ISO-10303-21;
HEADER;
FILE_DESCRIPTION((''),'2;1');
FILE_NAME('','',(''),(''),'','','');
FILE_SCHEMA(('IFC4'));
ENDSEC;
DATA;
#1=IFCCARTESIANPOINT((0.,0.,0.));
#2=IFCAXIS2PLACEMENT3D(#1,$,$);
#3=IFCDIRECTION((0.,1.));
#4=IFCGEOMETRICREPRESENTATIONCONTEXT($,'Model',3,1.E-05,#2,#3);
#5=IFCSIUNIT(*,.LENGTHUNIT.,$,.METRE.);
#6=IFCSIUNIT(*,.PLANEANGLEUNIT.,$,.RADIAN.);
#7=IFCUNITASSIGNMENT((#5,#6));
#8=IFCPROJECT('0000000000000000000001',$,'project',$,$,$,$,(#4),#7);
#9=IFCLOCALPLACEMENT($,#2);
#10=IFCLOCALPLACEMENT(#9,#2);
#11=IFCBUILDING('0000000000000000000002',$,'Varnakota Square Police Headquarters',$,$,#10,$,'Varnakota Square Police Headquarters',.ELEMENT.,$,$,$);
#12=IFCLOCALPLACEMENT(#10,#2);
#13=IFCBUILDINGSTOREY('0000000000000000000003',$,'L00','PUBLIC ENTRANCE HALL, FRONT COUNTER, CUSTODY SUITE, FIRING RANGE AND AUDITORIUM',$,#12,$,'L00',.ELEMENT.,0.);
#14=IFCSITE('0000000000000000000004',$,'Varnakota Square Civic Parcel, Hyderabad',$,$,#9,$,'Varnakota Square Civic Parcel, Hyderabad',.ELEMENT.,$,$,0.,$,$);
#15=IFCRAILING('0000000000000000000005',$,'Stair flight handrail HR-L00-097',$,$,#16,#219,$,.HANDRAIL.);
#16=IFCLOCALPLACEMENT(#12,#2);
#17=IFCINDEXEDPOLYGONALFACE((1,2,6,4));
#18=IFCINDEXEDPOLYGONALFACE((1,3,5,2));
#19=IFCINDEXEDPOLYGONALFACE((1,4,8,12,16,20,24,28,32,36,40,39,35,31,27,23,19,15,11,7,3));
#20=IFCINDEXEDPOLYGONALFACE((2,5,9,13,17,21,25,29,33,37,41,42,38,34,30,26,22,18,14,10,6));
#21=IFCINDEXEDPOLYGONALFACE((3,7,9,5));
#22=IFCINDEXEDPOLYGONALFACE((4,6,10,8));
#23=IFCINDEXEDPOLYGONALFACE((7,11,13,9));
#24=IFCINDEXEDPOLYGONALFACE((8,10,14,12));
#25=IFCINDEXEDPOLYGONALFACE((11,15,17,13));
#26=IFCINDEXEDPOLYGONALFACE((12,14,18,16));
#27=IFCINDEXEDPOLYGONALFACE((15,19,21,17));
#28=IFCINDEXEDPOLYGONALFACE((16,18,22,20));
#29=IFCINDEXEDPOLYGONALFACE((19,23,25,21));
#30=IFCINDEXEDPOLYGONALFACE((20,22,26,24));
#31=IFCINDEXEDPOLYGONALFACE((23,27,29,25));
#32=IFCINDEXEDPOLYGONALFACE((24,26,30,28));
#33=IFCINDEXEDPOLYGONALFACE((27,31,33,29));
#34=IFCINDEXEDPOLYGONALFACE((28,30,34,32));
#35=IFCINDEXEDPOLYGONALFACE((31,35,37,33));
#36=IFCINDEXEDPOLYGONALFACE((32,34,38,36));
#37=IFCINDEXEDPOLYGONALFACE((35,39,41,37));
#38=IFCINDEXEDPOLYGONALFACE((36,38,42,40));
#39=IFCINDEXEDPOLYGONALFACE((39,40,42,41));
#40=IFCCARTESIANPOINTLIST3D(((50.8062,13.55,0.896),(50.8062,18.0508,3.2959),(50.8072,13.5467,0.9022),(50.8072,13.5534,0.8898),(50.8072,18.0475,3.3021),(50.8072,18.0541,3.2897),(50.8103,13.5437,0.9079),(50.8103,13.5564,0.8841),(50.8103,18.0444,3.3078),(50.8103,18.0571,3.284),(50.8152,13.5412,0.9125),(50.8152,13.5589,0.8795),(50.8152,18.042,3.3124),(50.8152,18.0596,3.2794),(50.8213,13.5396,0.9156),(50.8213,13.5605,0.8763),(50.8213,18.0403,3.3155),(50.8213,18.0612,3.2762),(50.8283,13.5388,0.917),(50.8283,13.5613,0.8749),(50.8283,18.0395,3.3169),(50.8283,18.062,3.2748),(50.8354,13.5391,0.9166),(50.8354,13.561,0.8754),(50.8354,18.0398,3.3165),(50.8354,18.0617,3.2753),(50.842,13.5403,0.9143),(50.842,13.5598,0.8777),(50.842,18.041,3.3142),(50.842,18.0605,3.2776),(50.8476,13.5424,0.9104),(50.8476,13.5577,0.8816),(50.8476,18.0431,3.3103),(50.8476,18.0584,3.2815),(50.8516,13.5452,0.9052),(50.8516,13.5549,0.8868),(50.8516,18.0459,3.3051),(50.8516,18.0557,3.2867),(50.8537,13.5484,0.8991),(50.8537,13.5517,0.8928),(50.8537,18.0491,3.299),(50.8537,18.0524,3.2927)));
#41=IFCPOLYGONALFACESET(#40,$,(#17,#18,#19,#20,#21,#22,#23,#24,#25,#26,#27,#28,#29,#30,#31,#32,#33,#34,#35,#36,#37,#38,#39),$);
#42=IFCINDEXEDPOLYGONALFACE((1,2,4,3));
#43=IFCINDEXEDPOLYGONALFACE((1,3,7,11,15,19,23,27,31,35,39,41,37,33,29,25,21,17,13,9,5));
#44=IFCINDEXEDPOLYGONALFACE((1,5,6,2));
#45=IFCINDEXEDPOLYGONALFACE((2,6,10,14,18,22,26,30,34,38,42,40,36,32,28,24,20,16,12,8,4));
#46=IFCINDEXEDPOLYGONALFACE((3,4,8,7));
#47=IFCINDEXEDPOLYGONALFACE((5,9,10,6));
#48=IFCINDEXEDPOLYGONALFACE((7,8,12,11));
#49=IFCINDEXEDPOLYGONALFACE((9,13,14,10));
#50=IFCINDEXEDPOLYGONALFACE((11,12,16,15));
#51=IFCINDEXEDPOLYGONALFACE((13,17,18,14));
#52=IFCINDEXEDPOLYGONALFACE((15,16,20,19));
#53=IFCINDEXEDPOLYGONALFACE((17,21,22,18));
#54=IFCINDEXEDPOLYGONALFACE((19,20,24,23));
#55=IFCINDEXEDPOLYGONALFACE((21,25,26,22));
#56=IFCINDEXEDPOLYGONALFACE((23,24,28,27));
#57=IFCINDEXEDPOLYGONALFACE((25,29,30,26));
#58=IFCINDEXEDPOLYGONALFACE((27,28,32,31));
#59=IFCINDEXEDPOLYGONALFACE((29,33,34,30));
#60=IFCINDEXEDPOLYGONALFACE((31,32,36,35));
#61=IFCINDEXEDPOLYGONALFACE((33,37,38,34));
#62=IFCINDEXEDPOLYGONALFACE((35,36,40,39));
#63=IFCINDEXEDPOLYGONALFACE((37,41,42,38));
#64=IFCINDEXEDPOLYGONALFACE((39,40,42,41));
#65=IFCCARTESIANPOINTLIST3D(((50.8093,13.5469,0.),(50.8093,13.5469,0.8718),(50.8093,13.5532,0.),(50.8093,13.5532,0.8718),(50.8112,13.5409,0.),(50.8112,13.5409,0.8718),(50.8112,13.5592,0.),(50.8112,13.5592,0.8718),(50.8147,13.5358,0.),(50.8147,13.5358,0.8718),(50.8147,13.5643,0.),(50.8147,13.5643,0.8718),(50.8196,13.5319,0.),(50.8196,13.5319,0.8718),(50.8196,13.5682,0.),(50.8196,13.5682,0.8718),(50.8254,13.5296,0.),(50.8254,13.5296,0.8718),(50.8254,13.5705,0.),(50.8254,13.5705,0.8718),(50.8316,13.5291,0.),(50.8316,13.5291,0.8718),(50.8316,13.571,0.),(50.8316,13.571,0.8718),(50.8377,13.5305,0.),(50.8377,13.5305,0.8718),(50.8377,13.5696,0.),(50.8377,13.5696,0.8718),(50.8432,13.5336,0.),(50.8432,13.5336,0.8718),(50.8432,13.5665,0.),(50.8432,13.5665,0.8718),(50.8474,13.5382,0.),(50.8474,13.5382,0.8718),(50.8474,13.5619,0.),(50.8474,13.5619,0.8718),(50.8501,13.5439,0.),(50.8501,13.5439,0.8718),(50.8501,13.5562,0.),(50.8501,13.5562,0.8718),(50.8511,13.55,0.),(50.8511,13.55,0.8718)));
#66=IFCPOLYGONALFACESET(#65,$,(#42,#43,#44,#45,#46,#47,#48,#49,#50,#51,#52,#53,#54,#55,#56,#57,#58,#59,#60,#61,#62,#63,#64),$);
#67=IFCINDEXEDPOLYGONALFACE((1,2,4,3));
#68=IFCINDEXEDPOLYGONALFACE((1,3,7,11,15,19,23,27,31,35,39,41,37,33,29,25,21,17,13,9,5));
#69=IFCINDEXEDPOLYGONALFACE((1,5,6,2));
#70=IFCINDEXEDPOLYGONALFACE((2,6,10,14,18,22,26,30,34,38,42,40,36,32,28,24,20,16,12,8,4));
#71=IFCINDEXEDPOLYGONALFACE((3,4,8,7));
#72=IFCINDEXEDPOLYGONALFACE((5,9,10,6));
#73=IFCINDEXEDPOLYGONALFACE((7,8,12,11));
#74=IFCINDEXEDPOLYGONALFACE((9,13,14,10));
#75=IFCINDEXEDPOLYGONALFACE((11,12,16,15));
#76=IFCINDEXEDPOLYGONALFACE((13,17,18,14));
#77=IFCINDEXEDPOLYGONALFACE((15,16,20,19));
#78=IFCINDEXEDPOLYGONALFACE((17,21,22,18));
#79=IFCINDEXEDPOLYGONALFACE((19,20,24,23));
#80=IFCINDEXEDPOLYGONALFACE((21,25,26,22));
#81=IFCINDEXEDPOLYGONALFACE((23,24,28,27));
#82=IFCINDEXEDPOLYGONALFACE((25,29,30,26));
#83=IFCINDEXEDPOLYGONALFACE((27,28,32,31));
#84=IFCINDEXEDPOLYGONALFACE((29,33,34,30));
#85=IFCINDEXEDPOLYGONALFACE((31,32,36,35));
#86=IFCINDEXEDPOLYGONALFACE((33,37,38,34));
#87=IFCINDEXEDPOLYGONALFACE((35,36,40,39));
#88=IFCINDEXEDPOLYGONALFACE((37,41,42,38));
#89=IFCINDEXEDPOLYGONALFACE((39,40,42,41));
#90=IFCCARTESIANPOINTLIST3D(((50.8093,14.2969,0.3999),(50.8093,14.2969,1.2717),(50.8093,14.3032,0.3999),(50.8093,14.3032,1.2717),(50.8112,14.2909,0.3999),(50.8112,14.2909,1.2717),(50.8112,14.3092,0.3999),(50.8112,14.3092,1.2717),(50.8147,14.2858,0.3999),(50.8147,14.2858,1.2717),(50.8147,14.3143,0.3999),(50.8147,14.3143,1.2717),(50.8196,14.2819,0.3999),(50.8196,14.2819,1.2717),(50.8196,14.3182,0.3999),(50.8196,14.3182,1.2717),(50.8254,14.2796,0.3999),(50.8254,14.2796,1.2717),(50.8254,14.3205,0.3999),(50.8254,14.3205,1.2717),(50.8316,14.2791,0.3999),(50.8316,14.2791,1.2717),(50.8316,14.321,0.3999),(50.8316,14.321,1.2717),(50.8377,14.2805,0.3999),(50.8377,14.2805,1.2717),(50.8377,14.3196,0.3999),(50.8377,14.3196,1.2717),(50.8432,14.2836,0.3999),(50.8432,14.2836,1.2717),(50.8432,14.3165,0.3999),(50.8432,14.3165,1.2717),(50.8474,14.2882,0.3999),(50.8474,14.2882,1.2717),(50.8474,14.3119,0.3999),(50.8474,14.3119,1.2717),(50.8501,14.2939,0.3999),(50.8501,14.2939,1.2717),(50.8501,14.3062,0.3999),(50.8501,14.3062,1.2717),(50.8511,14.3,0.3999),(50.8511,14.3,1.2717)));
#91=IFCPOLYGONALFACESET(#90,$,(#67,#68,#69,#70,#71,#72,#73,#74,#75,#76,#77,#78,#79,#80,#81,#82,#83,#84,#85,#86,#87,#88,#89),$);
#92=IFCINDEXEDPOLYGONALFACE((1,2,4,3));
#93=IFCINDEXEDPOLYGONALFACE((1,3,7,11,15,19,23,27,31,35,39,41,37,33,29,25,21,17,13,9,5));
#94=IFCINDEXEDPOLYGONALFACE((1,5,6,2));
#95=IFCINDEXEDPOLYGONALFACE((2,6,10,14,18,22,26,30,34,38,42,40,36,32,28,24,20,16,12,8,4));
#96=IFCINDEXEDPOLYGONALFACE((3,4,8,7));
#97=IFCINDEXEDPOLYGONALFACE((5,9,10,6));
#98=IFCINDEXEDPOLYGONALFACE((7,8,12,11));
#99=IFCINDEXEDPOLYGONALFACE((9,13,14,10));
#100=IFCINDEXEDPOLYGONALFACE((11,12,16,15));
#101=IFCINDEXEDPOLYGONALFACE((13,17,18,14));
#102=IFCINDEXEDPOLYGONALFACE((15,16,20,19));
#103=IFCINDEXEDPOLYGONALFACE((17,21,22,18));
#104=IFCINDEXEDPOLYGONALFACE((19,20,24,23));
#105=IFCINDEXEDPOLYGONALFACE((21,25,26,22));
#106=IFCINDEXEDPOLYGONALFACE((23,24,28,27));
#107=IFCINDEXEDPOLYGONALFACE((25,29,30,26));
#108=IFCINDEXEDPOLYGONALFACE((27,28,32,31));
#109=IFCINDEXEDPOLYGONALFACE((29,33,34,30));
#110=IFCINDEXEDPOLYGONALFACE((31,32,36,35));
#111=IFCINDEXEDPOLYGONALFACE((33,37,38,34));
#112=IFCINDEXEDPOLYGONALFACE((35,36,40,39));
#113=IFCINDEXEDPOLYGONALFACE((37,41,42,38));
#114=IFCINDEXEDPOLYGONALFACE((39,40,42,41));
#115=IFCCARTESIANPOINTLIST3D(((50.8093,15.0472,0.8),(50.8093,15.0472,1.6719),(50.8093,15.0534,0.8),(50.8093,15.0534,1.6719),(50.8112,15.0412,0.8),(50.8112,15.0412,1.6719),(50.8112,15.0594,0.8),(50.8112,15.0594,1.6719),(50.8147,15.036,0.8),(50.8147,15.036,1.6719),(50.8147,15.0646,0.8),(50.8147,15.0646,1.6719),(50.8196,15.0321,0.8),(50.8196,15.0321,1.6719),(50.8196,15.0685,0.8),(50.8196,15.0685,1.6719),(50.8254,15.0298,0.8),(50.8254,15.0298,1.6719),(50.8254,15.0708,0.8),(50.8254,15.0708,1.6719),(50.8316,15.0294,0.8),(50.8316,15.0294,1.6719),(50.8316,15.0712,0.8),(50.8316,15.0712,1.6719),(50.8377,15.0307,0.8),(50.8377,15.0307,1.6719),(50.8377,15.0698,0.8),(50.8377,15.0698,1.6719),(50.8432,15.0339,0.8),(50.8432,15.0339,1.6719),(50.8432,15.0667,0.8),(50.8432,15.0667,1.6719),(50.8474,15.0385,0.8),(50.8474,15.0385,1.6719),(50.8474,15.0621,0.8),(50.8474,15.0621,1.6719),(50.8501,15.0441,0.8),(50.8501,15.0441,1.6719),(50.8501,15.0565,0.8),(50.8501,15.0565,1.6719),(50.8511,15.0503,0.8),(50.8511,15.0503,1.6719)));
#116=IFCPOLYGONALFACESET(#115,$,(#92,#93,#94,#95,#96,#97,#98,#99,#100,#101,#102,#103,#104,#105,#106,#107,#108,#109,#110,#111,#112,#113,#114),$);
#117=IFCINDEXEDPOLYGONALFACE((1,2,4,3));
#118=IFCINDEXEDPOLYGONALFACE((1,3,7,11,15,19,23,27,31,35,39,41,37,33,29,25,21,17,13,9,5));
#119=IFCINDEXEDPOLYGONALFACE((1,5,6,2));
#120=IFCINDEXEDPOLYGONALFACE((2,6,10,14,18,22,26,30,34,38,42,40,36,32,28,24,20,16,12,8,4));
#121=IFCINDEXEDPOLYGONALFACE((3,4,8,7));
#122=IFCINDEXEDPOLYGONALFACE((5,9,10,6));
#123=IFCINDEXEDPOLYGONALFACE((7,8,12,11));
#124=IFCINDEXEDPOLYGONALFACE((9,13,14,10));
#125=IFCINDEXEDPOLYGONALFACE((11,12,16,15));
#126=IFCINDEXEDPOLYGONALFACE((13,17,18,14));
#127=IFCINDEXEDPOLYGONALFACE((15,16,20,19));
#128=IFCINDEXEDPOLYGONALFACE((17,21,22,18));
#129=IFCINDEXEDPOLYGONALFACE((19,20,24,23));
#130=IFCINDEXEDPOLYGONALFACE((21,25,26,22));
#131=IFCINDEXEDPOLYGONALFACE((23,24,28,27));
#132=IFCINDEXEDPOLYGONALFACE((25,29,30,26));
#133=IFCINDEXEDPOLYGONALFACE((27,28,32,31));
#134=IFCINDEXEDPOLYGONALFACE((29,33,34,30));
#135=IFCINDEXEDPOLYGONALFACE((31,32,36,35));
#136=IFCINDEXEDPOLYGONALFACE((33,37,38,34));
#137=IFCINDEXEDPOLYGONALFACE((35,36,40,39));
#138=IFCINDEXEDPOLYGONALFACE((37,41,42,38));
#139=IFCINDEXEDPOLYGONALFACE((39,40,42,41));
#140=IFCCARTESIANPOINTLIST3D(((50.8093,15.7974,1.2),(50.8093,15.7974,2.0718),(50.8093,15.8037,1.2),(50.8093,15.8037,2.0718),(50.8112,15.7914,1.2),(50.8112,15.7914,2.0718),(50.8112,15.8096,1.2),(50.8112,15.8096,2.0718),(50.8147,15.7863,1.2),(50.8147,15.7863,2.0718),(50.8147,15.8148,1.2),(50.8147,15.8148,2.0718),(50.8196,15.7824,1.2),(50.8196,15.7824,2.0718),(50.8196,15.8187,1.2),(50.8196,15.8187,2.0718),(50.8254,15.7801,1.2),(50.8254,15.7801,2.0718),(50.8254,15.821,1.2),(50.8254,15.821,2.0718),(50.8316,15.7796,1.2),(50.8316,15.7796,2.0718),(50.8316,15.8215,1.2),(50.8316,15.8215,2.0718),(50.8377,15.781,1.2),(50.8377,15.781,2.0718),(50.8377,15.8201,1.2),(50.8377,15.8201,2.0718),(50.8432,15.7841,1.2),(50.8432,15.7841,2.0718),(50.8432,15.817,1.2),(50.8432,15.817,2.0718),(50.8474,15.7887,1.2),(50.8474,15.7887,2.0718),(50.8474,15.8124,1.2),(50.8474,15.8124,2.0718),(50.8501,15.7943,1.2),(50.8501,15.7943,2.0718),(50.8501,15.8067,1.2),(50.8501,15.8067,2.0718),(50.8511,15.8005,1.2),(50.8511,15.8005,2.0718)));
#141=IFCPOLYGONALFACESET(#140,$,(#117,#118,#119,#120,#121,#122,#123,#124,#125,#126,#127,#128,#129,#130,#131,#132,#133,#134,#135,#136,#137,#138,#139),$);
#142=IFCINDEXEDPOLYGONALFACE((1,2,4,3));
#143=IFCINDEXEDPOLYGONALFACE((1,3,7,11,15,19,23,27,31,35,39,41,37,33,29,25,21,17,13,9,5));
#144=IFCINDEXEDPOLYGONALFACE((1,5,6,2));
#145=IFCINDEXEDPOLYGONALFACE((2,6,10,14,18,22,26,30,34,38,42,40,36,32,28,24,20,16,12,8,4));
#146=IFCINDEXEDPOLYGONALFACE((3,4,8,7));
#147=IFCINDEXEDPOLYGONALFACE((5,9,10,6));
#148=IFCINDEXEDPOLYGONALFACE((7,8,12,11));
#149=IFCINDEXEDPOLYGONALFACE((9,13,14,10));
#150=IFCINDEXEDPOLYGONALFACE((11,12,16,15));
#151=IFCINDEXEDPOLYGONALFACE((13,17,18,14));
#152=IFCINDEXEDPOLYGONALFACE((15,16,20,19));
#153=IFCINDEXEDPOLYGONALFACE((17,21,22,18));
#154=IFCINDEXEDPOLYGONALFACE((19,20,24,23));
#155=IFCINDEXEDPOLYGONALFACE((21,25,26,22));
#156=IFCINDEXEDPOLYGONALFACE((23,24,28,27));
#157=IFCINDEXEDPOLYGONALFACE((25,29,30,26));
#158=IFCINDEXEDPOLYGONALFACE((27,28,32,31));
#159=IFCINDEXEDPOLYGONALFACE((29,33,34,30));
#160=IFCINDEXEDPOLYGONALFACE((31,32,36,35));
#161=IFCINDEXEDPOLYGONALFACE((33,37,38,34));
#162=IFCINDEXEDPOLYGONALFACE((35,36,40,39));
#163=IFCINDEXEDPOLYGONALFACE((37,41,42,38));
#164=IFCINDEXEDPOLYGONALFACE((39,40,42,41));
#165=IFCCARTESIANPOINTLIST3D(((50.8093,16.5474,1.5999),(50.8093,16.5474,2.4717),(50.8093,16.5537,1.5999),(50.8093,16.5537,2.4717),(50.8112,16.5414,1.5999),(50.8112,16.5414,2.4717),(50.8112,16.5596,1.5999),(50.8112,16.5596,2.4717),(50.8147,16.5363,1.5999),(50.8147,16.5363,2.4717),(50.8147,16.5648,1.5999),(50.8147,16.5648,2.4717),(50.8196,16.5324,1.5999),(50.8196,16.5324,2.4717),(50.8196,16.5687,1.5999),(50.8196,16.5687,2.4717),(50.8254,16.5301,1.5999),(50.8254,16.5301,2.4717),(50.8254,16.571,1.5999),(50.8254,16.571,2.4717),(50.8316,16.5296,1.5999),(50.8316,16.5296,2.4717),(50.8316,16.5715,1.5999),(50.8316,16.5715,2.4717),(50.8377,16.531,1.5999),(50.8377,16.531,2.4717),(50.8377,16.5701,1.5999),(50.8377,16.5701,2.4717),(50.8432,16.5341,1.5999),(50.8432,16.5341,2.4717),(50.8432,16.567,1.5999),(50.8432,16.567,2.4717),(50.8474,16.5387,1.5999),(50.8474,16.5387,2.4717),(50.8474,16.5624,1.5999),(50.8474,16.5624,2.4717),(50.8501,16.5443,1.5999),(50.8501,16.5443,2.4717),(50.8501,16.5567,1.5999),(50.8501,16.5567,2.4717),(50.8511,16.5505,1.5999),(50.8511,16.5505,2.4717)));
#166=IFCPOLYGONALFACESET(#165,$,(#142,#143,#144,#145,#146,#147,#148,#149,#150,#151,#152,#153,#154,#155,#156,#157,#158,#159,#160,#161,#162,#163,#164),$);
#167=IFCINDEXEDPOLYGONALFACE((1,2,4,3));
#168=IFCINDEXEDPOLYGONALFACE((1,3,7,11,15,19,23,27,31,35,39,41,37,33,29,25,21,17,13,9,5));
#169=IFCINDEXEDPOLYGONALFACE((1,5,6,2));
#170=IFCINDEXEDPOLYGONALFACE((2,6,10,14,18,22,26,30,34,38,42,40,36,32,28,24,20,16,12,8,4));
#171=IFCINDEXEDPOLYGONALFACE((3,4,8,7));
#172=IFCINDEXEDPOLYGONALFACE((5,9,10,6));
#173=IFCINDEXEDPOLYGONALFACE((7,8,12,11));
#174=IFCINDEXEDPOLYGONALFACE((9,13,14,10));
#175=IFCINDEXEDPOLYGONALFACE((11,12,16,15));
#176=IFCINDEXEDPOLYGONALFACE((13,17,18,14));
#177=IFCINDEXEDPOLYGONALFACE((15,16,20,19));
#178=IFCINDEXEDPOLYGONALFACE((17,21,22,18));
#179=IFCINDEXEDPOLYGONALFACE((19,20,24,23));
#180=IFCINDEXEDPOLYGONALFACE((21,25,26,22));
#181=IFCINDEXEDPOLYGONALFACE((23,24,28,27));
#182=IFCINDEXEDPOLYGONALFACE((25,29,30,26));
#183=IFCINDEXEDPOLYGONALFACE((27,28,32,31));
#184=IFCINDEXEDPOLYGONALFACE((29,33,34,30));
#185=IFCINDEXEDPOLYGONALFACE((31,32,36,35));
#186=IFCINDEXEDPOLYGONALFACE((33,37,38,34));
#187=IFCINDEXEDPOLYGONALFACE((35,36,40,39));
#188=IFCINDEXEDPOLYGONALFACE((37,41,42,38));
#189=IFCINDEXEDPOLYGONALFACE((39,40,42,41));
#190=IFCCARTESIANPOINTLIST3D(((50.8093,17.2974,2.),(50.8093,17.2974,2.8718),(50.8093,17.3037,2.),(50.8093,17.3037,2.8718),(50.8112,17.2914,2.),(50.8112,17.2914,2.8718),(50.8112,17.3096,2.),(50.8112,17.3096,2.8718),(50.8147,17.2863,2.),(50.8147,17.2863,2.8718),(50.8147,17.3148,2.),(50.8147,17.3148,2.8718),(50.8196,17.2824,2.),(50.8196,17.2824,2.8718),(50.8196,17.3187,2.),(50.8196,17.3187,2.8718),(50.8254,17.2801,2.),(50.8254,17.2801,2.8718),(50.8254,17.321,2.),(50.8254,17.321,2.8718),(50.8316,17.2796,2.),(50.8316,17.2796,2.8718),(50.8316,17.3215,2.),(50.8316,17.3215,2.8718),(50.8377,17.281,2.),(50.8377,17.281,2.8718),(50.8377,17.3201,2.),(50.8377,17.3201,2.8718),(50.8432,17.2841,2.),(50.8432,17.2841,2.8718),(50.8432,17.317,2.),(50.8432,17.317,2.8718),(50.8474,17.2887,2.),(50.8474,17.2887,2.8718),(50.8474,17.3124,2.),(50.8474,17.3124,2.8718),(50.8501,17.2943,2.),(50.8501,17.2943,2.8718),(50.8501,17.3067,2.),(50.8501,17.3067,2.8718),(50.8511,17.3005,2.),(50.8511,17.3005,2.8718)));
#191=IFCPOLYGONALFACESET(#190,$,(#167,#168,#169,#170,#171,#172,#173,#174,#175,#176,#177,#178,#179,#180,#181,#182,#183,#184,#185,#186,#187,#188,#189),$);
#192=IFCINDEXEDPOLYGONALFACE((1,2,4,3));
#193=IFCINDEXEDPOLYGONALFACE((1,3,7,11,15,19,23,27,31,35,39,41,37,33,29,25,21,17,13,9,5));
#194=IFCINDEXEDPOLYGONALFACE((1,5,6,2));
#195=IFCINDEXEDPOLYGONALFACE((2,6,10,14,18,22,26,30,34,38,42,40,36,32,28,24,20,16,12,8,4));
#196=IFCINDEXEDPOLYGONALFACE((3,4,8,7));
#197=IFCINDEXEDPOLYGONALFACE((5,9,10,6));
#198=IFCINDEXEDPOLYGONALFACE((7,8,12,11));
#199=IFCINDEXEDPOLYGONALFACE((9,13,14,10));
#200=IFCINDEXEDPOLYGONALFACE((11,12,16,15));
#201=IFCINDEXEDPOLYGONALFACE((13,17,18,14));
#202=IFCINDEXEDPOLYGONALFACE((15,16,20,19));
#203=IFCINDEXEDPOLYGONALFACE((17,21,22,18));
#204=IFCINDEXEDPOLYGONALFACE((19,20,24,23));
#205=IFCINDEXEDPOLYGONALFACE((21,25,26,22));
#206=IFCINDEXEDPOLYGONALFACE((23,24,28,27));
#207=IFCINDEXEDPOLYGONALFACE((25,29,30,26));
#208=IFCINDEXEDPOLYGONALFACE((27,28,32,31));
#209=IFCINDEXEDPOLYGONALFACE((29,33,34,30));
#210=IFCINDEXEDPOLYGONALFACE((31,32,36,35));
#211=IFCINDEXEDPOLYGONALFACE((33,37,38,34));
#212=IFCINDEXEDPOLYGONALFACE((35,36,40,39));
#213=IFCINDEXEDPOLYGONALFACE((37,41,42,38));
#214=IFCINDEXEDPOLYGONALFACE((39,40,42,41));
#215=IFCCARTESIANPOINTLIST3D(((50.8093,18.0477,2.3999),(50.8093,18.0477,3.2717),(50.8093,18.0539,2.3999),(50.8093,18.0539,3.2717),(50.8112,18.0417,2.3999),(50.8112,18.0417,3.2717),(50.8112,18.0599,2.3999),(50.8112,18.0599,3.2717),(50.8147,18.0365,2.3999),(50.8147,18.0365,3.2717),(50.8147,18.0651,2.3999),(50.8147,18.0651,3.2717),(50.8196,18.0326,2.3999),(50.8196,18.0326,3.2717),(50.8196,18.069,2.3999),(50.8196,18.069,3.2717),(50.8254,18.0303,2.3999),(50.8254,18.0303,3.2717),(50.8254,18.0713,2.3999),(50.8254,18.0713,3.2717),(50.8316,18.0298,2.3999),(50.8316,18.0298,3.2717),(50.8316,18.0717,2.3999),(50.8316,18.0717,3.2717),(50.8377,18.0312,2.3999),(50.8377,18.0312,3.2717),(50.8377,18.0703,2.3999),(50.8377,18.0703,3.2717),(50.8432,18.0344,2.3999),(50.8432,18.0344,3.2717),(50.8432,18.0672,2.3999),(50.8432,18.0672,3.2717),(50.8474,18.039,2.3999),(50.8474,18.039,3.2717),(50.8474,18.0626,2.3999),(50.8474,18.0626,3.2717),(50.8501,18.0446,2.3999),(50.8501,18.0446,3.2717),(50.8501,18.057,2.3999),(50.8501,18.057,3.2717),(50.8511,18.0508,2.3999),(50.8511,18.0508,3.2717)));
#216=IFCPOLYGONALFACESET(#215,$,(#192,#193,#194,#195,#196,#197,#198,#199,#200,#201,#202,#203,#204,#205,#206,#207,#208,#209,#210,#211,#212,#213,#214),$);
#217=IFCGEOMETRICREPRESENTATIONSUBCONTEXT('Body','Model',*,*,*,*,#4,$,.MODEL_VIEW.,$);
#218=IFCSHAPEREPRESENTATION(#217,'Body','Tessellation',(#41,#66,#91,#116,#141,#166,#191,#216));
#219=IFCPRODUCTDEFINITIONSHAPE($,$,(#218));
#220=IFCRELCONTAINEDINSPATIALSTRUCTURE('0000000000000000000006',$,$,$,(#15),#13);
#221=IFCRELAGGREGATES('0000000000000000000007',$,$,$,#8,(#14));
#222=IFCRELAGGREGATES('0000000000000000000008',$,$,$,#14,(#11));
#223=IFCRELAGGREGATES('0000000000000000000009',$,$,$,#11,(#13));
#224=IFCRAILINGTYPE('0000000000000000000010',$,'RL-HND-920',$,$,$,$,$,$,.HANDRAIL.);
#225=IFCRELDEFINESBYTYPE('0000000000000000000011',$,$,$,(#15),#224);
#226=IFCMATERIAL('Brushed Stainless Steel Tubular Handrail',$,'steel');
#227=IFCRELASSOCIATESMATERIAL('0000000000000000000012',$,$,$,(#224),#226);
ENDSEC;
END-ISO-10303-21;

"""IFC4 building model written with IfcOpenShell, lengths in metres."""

from ifc_helpers import new_model, si_unit, direction, frame, origin, origin_2d, place, context, subcontext, project, spatial, circle, extrude, material, type_object, element, save


model = new_model("IFC4")

# Units and contexts
model_context = context("Model", 3, precision=1e-05, world=origin(), true_north=direction((0.0, 1.0)))
body_context = subcontext(model_context, "Body", "Model", "MODEL_VIEW")
ifc_project = project(units=[si_unit("LENGTHUNIT", "METRE"), si_unit("PLANEANGLEUNIT", "RADIAN")], contexts=[model_context])

# Site, building, storey
site_placement = place(None, origin())
site = spatial("IfcSite", under=ifc_project, at=site_placement, Name="Varnakota Square Civic Parcel, Hyderabad", LongName="Varnakota Square Civic Parcel, Hyderabad", CompositionType="ELEMENT", RefElevation=0.0)
building_placement = place(site_placement, origin())
building = spatial("IfcBuilding", under=site, at=building_placement, Name="Varnakota Square Police Headquarters", LongName="Varnakota Square Police Headquarters", CompositionType="ELEMENT")
storey_placement = place(building_placement, origin())
storey = spatial("IfcBuildingStorey", under=building, at=storey_placement, Name="L00", Description="PUBLIC ENTRANCE HALL, FRONT COUNTER, CUSTODY SUITE, FIRING RANGE AND AUDITORIUM", LongName="L00", CompositionType="ELEMENT", Elevation=0.0)

# Railing
ifc_material_1 = material(Name="Brushed Stainless Steel Tubular Handrail", Category="steel")
railing_type_1 = type_object("IfcRailingType", Name="RL-HND-920", PredefinedType="HANDRAIL", material=ifc_material_1)
railing_1_placement = place(storey_placement, frame((50.8301, 13.55, 0.0)))
element("IfcRailing", 1, at=railing_1_placement, inside=storey, type_object=railing_type_1, Name="Stair flight handrail HR-L00-097", PredefinedType="HANDRAIL", context=body_context, shape_type="SweptSolid", body=[
    extrude(circle(Radius=0.0239, at=origin_2d()), frame((0.0, 0.0, 0.896), z_axis=(0.0, 0.882393, 0.470514), x_axis=(-1.0, 0.0, 0.0)), (0.0, 0.0, 1.0), 5.1006),
    extrude(circle(Radius=0.021, at=origin_2d()), origin(), (0.0, 0.0, 1.0), 0.8718),
    extrude(circle(Radius=0.021, at=origin_2d()), frame((0.0, 0.75, 0.3999)), (0.0, 0.0, 1.0), 0.8718),
    extrude(circle(Radius=0.021, at=origin_2d()), frame((0.0, 1.5002, 0.8)), (0.0, 0.0, 1.0), 0.8718),
    extrude(circle(Radius=0.021, at=origin_2d()), frame((0.0, 2.2505, 1.2)), (0.0, 0.0, 1.0), 0.8718),
    extrude(circle(Radius=0.021, at=origin_2d()), frame((0.0, 3.0005, 1.5999)), (0.0, 0.0, 1.0), 0.8718),
    extrude(circle(Radius=0.021, at=origin_2d()), frame((0.0, 3.7505, 2.0)), (0.0, 0.0, 1.0), 0.8718),
    extrude(circle(Radius=0.021, at=origin_2d()), frame((0.0, 4.5007, 2.3999)), (0.0, 0.0, 1.0), 0.8718),
])

save(model, "model.ifc")
